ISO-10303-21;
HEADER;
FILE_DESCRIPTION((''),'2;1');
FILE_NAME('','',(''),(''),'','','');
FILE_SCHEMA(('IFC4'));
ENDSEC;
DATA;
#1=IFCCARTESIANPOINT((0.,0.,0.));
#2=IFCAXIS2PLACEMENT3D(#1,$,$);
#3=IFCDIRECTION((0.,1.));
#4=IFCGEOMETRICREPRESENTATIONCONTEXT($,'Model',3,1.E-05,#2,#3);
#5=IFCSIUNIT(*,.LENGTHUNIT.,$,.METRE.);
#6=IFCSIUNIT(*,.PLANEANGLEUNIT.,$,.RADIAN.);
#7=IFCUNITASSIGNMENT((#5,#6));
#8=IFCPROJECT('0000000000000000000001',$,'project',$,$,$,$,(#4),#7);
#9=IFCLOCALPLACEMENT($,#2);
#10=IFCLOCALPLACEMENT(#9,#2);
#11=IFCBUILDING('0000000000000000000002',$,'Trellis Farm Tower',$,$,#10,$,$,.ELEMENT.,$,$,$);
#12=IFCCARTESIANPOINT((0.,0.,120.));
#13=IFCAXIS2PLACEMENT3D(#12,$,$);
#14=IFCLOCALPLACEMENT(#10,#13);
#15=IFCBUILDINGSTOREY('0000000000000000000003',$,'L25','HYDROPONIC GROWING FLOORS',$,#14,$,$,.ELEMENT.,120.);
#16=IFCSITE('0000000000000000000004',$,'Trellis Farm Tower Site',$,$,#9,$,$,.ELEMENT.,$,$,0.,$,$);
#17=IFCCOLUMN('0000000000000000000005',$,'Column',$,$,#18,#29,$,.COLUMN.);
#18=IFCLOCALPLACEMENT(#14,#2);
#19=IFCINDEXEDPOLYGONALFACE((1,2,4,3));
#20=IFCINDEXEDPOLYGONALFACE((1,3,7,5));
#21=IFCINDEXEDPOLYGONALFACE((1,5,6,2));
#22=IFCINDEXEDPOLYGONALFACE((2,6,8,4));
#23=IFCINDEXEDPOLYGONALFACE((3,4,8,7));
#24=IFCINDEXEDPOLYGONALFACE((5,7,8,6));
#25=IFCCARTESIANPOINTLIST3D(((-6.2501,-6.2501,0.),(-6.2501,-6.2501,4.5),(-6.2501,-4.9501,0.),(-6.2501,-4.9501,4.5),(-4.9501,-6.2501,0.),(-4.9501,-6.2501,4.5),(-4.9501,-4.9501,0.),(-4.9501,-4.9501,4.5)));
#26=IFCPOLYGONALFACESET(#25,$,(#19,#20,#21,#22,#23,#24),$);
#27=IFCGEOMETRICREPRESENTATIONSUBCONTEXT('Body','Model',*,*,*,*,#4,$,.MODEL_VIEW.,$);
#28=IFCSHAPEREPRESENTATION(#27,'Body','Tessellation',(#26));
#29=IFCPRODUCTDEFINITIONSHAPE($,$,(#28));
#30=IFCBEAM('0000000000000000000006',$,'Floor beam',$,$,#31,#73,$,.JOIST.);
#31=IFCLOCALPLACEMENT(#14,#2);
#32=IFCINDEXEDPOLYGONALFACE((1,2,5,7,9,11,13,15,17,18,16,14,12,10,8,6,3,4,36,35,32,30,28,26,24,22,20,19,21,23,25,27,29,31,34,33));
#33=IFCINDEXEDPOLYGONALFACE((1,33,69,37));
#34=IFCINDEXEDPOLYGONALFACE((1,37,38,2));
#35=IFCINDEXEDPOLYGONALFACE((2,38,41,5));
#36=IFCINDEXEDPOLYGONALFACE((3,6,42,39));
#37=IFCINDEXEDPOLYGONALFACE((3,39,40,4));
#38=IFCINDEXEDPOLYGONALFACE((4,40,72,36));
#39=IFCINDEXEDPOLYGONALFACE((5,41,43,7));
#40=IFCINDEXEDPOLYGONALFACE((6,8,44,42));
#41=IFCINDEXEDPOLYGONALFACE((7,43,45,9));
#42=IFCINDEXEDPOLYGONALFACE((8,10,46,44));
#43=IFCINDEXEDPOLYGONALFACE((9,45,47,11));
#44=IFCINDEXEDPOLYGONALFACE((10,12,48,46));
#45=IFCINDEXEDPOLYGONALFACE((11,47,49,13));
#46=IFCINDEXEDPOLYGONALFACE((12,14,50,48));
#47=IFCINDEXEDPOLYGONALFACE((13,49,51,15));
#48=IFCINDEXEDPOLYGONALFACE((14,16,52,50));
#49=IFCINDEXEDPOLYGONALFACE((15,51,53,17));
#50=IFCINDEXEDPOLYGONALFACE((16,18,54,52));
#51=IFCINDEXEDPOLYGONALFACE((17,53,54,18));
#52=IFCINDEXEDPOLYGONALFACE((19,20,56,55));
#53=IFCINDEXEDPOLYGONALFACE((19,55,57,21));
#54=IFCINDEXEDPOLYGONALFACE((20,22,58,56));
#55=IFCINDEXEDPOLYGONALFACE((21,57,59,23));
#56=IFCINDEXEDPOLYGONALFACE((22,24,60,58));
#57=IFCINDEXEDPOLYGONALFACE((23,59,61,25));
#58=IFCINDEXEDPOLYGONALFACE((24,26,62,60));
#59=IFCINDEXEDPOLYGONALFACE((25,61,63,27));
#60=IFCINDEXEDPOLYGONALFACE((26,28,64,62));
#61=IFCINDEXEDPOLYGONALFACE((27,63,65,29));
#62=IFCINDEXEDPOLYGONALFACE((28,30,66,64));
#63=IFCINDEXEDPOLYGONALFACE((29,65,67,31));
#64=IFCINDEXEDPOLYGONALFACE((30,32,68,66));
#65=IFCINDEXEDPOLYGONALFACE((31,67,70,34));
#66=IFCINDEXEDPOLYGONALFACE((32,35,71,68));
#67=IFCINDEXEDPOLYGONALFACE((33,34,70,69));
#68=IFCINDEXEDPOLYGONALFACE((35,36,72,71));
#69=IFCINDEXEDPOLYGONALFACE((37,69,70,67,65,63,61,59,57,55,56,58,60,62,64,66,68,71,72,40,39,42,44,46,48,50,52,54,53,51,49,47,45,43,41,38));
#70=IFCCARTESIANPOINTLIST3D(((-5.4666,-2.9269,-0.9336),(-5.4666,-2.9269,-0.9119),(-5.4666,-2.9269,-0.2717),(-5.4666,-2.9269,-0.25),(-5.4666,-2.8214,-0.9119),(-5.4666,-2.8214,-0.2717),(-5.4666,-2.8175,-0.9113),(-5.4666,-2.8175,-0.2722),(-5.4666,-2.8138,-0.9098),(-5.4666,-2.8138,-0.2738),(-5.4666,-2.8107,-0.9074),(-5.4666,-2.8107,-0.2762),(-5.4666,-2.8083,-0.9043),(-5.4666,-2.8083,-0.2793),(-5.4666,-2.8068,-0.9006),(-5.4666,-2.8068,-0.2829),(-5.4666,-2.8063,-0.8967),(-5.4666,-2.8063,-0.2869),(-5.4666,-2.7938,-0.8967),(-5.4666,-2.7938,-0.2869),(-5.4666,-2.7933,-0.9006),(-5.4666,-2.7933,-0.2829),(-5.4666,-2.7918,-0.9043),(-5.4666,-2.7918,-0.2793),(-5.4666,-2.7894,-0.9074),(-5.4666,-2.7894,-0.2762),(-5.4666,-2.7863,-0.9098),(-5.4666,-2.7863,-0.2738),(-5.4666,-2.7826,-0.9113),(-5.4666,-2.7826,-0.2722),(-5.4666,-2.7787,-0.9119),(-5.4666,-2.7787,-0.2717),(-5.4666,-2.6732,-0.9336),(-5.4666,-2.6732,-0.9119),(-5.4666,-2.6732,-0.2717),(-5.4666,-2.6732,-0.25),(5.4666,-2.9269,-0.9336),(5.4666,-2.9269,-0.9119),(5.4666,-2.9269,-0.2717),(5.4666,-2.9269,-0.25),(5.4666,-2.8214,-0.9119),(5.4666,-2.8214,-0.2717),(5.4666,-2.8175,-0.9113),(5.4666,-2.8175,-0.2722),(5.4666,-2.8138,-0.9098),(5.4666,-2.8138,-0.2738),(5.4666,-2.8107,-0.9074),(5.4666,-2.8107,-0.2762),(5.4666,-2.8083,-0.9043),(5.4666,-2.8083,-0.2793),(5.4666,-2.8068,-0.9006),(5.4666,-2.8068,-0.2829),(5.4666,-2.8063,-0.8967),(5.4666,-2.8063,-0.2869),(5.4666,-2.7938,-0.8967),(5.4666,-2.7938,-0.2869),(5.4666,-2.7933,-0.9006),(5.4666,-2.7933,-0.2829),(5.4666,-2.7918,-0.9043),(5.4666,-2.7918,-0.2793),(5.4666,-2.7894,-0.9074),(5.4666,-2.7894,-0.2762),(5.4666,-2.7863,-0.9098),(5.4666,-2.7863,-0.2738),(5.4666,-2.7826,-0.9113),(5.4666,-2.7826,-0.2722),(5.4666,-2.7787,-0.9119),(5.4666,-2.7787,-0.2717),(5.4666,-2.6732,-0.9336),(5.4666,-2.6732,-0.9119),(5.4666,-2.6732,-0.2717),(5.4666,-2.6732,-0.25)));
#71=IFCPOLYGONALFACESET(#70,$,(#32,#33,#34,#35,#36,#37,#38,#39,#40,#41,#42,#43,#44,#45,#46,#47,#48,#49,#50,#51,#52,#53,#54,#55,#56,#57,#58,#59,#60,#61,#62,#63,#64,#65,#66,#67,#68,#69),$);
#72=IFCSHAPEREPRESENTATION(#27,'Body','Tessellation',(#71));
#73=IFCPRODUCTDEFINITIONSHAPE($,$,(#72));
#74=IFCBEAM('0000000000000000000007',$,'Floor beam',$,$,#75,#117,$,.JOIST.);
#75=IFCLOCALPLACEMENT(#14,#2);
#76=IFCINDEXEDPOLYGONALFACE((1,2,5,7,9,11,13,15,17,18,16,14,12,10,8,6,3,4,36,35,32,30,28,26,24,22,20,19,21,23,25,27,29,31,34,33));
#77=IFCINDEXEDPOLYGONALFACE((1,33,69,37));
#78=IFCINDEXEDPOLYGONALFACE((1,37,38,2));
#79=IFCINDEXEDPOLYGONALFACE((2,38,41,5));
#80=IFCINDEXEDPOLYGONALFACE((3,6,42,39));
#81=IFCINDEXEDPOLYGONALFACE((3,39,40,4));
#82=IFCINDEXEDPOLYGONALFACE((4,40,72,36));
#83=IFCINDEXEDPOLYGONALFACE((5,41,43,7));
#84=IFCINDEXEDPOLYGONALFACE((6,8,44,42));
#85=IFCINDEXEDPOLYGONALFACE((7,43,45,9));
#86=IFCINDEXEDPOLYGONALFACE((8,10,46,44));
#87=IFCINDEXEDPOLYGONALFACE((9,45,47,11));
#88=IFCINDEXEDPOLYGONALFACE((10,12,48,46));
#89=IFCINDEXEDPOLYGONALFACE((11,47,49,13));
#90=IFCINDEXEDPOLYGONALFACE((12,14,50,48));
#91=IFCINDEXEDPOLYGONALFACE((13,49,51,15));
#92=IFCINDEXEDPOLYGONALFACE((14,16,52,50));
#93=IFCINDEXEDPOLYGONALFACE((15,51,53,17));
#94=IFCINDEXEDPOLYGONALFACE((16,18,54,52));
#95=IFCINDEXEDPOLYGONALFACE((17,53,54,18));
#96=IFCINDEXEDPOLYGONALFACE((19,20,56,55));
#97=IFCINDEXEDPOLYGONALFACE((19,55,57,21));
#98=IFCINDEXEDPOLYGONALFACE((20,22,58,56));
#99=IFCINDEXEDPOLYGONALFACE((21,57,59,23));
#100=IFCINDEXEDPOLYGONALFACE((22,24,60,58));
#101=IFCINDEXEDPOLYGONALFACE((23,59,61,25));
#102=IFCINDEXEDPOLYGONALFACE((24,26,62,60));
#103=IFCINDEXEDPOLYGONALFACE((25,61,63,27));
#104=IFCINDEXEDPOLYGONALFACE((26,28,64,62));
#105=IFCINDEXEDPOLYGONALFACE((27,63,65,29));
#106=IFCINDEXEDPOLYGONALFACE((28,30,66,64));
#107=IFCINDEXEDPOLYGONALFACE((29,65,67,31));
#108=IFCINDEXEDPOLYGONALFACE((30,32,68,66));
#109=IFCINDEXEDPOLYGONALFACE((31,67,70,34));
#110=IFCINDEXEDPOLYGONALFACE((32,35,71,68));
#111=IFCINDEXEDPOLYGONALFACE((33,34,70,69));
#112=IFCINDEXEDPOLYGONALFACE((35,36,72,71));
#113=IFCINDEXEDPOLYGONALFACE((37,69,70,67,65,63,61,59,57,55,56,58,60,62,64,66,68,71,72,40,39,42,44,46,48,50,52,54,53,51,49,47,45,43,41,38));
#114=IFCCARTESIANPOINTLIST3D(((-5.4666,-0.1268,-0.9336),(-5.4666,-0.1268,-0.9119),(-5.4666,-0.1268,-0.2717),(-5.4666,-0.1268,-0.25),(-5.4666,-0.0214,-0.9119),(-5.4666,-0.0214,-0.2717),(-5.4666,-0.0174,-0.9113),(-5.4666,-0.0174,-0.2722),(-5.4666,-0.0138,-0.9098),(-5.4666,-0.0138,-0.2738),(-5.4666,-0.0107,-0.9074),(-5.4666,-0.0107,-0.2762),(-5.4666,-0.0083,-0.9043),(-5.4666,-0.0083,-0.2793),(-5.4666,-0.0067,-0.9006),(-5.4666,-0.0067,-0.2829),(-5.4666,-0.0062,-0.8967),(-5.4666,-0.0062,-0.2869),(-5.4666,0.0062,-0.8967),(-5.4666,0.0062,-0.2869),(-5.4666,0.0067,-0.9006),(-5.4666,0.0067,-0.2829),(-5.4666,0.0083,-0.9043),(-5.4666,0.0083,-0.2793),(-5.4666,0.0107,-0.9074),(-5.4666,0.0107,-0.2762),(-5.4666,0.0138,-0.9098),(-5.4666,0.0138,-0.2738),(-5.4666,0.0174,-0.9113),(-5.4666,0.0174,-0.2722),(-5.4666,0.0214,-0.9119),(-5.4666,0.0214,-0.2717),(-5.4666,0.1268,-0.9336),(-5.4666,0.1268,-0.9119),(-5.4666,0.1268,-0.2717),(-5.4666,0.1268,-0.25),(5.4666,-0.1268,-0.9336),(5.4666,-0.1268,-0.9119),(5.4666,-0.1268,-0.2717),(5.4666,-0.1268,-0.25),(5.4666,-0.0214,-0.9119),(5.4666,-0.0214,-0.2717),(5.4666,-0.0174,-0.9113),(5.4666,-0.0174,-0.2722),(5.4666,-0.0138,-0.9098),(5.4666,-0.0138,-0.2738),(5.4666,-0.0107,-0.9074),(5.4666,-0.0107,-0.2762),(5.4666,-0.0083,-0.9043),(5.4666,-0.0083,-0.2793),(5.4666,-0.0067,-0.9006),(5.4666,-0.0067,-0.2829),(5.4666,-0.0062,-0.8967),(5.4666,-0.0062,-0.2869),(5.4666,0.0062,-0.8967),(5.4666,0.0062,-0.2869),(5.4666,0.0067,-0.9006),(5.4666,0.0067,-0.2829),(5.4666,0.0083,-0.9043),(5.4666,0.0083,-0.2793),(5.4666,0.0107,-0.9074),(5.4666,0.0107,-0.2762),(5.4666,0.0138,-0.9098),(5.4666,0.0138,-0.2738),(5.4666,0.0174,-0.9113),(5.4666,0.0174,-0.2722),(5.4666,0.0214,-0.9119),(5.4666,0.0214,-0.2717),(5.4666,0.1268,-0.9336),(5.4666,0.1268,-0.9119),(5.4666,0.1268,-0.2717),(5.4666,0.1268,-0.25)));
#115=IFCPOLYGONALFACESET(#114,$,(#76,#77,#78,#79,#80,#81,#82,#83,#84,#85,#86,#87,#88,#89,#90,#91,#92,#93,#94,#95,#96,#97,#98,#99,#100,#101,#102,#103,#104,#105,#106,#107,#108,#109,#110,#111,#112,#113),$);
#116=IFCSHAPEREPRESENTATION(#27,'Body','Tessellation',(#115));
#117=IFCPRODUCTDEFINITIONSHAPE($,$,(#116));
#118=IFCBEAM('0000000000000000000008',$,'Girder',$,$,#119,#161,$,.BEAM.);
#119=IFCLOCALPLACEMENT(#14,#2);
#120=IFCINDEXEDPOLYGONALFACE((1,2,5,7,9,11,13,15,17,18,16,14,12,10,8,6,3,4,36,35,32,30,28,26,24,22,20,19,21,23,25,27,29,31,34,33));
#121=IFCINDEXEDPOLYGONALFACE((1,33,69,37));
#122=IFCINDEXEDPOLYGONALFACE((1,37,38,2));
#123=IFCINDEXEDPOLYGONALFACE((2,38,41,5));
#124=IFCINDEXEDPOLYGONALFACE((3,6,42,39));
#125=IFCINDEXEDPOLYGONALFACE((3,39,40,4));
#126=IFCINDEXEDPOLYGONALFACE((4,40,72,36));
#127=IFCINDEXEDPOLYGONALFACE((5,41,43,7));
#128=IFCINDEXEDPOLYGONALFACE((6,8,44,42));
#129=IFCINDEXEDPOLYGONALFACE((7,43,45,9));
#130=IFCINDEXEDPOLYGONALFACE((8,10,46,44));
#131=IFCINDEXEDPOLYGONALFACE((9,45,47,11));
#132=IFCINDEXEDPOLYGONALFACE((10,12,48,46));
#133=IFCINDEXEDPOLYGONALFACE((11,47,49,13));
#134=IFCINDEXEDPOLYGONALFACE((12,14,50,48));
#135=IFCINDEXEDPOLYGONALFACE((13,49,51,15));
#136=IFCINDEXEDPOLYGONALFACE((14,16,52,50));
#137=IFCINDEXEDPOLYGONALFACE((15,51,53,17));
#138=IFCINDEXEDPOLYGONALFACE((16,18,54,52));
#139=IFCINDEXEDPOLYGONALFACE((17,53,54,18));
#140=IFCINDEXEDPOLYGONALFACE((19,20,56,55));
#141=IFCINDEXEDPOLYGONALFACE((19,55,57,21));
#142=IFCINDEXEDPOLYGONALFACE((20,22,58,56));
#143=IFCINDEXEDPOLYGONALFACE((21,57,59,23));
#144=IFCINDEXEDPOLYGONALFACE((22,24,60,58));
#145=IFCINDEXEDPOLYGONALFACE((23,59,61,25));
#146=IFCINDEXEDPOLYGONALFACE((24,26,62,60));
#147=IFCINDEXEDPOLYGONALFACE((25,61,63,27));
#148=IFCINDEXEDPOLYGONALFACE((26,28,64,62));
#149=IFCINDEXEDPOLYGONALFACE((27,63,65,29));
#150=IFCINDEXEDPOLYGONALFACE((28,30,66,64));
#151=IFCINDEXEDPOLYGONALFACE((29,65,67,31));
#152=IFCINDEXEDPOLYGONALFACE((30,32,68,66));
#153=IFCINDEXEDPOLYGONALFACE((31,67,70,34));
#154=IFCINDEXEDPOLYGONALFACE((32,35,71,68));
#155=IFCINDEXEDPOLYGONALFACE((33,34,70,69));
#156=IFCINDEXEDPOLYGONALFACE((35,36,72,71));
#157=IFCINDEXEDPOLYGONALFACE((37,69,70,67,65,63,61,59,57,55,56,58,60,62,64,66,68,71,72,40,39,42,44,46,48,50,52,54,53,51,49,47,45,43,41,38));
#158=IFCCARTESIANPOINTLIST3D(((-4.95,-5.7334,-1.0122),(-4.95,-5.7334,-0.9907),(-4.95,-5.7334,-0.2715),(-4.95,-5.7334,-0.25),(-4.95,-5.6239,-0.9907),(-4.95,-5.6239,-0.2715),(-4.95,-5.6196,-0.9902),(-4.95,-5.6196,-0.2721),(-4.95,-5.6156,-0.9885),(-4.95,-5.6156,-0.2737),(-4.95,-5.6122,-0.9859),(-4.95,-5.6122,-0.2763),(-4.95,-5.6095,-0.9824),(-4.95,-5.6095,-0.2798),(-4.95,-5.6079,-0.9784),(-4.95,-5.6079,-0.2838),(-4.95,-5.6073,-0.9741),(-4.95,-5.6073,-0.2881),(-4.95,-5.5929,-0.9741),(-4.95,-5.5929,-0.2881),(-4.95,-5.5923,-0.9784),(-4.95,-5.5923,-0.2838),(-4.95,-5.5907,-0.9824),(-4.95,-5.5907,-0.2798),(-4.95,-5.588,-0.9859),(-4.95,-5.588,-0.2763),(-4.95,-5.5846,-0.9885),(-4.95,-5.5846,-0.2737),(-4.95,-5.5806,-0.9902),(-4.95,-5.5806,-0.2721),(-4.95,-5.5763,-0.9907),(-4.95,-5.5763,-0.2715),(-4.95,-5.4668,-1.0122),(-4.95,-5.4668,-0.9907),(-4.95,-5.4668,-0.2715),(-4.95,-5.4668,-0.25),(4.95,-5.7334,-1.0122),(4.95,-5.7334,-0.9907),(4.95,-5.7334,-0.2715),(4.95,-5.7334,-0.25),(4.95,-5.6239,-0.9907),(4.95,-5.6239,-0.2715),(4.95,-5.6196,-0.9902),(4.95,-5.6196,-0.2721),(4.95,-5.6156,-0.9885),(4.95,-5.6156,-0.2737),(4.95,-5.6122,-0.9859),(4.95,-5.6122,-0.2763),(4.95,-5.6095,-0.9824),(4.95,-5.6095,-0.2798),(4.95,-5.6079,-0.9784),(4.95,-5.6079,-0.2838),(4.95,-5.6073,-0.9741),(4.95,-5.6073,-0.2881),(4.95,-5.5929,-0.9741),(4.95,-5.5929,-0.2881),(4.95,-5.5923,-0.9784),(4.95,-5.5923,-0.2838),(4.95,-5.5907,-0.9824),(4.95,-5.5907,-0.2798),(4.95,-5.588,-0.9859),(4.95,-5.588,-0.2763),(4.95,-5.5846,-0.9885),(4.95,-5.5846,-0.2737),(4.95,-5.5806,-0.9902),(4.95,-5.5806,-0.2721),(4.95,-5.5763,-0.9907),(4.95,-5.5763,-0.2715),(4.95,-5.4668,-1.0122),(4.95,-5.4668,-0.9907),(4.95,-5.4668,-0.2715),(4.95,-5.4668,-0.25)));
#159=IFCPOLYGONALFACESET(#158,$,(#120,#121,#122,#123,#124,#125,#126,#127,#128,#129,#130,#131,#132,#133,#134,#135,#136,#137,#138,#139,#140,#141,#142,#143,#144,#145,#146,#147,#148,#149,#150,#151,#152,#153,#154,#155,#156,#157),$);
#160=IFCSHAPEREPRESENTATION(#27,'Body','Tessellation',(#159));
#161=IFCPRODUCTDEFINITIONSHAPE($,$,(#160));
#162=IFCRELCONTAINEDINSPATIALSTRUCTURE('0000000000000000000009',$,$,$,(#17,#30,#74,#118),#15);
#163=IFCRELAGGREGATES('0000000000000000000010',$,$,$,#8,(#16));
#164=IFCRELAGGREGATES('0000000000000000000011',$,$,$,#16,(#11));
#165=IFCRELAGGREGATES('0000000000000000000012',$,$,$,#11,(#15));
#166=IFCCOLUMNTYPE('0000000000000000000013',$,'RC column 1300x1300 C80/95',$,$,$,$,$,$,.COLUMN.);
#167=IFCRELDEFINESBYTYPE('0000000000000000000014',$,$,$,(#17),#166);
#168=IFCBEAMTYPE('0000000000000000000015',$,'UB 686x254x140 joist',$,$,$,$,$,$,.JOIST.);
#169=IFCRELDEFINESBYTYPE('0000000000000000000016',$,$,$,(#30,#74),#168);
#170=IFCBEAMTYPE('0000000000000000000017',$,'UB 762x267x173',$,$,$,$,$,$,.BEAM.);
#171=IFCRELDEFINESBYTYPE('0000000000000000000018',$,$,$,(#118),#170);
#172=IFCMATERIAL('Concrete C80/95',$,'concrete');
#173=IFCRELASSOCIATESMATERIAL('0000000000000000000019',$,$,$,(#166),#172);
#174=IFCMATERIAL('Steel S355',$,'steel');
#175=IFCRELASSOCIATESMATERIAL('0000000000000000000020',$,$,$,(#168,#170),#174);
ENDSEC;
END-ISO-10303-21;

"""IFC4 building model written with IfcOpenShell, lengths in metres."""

from ifc_helpers import new_model, si_unit, direction, frame, origin, origin_2d, place, context, subcontext, project, spatial, rectangle, i_section, extrude, source, transform, mapped, material, material_profile, profile_set, type_object, element, save


model = new_model("IFC4")

# Units and contexts
model_context = context("Model", 3, precision=1e-05, world=origin(), true_north=direction((0.0, 1.0)))
body_context = subcontext(model_context, "Body", "Model", "MODEL_VIEW")
ifc_project = project(units=[si_unit("LENGTHUNIT", "METRE"), si_unit("PLANEANGLEUNIT", "RADIAN")], contexts=[model_context])

# Site, building, storey
site_placement = place(None, origin())
site = spatial("IfcSite", under=ifc_project, at=site_placement, Name="Trellis Farm Tower Site", CompositionType="ELEMENT", RefElevation=0.0)
building_placement = place(site_placement, origin())
building = spatial("IfcBuilding", under=site, at=building_placement, Name="Trellis Farm Tower", CompositionType="ELEMENT")
storey_placement = place(building_placement, frame((0.0, 0.0, 120.0)))
storey = spatial("IfcBuildingStorey", under=building, at=storey_placement, Name="L25", Description="HYDROPONIC GROWING FLOORS", CompositionType="ELEMENT", Elevation=120.0)

# Column
ifc_material_1 = material(Name="Concrete C80/95", Category="concrete")
ifc_material_profile_1 = material_profile(ifc_material_1, rectangle(XDim=1.3, YDim=1.3, at=origin_2d()), Name="RC column 1300x1300 C80/95")
ifc_profile_set_1 = profile_set([ifc_material_profile_1], Name="Concrete C80/95")
column_type = type_object("IfcColumnType", Name="RC column 1300x1300 C80/95", PredefinedType="COLUMN", material=ifc_profile_set_1)
shared_shape_1 = source(origin(), body_context, "Body", "SweptSolid", [
    extrude(rectangle(XDim=1.3, YDim=1.3, at=origin_2d()), origin(), (0.0, 0.0, 1.0), 4.5),
])
column_placement = place(storey_placement, frame((-5.6001, -5.6001, 0.0), z_axis=(0.0, 0.0, 1.0), x_axis=(1.0, 0.0, 0.0)))
element("IfcColumn", 1, at=column_placement, inside=storey, type_object=column_type, Name="Column", PredefinedType="COLUMN", context=body_context, shape_type="MappedRepresentation", body=[
    mapped(shared_shape_1, transform((0.0, 0.0, 0.0))),
])

# Beams
ifc_material_2 = material(Name="Steel S355", Category="steel")
ifc_material_profile_2 = material_profile(ifc_material_2, i_section(OverallWidth=0.2537, OverallDepth=0.6836, WebThickness=0.0125, FlangeThickness=0.0217, FilletRadius=0.0151, at=origin_2d()), Name="UB 686x254x140")
ifc_profile_set_2 = profile_set([ifc_material_profile_2], Name="Steel S355")
beam_type_1 = type_object("IfcBeamType", Name="UB 686x254x140 joist", PredefinedType="JOIST", material=ifc_profile_set_2)
shared_shape_2 = source(origin(), body_context, "Body", "SweptSolid", [
    extrude(i_section(OverallWidth=0.2537, OverallDepth=0.6836, WebThickness=0.0125, FlangeThickness=0.0217, FilletRadius=0.0151, at=origin_2d()), origin(), (0.0, 0.0, 1.0), 10.9331),
])
for number, where, z_axis, x_axis, name in (
    (2, (-5.4666, -2.8, -0.5918), (1.0, 0.0, 0.0), (0.0, 1.0, 0.0), "Floor beam"),
    (3, (-5.4666, 0.0, -0.5918), (1.0, 0.0, 0.0), (0.0, 1.0, 0.0), "Floor beam"),
):
    element("IfcBeam", number, at=place(storey_placement, frame(where, z_axis=z_axis, x_axis=x_axis)), inside=storey, type_object=beam_type_1, Name=name, PredefinedType="JOIST", context=body_context, shape_type="MappedRepresentation", body=[
        mapped(shared_shape_2, transform((0.0, 0.0, 0.0))),
    ])
ifc_material_profile_3 = material_profile(ifc_material_2, i_section(OverallWidth=0.2666, OverallDepth=0.7622, WebThickness=0.0144, FlangeThickness=0.0215, FilletRadius=0.0166, at=origin_2d()), Name="UB 762x267x173")
ifc_profile_set_3 = profile_set([ifc_material_profile_3], Name="Steel S355")
beam_type_2 = type_object("IfcBeamType", Name="UB 762x267x173", PredefinedType="BEAM", material=ifc_profile_set_3)
shared_shape_3 = source(origin(), body_context, "Body", "SweptSolid", [
    extrude(i_section(OverallWidth=0.2666, OverallDepth=0.7622, WebThickness=0.0144, FlangeThickness=0.0215, FilletRadius=0.0166, at=origin_2d()), origin(), (0.0, 0.0, 1.0), 9.8999),
])
for number, where, z_axis, x_axis, name in (
    (4, (-4.95, -5.6001, -0.6311), (1.0, 0.0, 0.0), (0.0, 1.0, 0.0), "Girder"),
):
    element("IfcBeam", number, at=place(storey_placement, frame(where, z_axis=z_axis, x_axis=x_axis)), inside=storey, type_object=beam_type_2, Name=name, PredefinedType="BEAM", context=body_context, shape_type="MappedRepresentation", body=[
        mapped(shared_shape_3, transform((0.0, 0.0, 0.0))),
    ])

save(model, "model.ifc")
